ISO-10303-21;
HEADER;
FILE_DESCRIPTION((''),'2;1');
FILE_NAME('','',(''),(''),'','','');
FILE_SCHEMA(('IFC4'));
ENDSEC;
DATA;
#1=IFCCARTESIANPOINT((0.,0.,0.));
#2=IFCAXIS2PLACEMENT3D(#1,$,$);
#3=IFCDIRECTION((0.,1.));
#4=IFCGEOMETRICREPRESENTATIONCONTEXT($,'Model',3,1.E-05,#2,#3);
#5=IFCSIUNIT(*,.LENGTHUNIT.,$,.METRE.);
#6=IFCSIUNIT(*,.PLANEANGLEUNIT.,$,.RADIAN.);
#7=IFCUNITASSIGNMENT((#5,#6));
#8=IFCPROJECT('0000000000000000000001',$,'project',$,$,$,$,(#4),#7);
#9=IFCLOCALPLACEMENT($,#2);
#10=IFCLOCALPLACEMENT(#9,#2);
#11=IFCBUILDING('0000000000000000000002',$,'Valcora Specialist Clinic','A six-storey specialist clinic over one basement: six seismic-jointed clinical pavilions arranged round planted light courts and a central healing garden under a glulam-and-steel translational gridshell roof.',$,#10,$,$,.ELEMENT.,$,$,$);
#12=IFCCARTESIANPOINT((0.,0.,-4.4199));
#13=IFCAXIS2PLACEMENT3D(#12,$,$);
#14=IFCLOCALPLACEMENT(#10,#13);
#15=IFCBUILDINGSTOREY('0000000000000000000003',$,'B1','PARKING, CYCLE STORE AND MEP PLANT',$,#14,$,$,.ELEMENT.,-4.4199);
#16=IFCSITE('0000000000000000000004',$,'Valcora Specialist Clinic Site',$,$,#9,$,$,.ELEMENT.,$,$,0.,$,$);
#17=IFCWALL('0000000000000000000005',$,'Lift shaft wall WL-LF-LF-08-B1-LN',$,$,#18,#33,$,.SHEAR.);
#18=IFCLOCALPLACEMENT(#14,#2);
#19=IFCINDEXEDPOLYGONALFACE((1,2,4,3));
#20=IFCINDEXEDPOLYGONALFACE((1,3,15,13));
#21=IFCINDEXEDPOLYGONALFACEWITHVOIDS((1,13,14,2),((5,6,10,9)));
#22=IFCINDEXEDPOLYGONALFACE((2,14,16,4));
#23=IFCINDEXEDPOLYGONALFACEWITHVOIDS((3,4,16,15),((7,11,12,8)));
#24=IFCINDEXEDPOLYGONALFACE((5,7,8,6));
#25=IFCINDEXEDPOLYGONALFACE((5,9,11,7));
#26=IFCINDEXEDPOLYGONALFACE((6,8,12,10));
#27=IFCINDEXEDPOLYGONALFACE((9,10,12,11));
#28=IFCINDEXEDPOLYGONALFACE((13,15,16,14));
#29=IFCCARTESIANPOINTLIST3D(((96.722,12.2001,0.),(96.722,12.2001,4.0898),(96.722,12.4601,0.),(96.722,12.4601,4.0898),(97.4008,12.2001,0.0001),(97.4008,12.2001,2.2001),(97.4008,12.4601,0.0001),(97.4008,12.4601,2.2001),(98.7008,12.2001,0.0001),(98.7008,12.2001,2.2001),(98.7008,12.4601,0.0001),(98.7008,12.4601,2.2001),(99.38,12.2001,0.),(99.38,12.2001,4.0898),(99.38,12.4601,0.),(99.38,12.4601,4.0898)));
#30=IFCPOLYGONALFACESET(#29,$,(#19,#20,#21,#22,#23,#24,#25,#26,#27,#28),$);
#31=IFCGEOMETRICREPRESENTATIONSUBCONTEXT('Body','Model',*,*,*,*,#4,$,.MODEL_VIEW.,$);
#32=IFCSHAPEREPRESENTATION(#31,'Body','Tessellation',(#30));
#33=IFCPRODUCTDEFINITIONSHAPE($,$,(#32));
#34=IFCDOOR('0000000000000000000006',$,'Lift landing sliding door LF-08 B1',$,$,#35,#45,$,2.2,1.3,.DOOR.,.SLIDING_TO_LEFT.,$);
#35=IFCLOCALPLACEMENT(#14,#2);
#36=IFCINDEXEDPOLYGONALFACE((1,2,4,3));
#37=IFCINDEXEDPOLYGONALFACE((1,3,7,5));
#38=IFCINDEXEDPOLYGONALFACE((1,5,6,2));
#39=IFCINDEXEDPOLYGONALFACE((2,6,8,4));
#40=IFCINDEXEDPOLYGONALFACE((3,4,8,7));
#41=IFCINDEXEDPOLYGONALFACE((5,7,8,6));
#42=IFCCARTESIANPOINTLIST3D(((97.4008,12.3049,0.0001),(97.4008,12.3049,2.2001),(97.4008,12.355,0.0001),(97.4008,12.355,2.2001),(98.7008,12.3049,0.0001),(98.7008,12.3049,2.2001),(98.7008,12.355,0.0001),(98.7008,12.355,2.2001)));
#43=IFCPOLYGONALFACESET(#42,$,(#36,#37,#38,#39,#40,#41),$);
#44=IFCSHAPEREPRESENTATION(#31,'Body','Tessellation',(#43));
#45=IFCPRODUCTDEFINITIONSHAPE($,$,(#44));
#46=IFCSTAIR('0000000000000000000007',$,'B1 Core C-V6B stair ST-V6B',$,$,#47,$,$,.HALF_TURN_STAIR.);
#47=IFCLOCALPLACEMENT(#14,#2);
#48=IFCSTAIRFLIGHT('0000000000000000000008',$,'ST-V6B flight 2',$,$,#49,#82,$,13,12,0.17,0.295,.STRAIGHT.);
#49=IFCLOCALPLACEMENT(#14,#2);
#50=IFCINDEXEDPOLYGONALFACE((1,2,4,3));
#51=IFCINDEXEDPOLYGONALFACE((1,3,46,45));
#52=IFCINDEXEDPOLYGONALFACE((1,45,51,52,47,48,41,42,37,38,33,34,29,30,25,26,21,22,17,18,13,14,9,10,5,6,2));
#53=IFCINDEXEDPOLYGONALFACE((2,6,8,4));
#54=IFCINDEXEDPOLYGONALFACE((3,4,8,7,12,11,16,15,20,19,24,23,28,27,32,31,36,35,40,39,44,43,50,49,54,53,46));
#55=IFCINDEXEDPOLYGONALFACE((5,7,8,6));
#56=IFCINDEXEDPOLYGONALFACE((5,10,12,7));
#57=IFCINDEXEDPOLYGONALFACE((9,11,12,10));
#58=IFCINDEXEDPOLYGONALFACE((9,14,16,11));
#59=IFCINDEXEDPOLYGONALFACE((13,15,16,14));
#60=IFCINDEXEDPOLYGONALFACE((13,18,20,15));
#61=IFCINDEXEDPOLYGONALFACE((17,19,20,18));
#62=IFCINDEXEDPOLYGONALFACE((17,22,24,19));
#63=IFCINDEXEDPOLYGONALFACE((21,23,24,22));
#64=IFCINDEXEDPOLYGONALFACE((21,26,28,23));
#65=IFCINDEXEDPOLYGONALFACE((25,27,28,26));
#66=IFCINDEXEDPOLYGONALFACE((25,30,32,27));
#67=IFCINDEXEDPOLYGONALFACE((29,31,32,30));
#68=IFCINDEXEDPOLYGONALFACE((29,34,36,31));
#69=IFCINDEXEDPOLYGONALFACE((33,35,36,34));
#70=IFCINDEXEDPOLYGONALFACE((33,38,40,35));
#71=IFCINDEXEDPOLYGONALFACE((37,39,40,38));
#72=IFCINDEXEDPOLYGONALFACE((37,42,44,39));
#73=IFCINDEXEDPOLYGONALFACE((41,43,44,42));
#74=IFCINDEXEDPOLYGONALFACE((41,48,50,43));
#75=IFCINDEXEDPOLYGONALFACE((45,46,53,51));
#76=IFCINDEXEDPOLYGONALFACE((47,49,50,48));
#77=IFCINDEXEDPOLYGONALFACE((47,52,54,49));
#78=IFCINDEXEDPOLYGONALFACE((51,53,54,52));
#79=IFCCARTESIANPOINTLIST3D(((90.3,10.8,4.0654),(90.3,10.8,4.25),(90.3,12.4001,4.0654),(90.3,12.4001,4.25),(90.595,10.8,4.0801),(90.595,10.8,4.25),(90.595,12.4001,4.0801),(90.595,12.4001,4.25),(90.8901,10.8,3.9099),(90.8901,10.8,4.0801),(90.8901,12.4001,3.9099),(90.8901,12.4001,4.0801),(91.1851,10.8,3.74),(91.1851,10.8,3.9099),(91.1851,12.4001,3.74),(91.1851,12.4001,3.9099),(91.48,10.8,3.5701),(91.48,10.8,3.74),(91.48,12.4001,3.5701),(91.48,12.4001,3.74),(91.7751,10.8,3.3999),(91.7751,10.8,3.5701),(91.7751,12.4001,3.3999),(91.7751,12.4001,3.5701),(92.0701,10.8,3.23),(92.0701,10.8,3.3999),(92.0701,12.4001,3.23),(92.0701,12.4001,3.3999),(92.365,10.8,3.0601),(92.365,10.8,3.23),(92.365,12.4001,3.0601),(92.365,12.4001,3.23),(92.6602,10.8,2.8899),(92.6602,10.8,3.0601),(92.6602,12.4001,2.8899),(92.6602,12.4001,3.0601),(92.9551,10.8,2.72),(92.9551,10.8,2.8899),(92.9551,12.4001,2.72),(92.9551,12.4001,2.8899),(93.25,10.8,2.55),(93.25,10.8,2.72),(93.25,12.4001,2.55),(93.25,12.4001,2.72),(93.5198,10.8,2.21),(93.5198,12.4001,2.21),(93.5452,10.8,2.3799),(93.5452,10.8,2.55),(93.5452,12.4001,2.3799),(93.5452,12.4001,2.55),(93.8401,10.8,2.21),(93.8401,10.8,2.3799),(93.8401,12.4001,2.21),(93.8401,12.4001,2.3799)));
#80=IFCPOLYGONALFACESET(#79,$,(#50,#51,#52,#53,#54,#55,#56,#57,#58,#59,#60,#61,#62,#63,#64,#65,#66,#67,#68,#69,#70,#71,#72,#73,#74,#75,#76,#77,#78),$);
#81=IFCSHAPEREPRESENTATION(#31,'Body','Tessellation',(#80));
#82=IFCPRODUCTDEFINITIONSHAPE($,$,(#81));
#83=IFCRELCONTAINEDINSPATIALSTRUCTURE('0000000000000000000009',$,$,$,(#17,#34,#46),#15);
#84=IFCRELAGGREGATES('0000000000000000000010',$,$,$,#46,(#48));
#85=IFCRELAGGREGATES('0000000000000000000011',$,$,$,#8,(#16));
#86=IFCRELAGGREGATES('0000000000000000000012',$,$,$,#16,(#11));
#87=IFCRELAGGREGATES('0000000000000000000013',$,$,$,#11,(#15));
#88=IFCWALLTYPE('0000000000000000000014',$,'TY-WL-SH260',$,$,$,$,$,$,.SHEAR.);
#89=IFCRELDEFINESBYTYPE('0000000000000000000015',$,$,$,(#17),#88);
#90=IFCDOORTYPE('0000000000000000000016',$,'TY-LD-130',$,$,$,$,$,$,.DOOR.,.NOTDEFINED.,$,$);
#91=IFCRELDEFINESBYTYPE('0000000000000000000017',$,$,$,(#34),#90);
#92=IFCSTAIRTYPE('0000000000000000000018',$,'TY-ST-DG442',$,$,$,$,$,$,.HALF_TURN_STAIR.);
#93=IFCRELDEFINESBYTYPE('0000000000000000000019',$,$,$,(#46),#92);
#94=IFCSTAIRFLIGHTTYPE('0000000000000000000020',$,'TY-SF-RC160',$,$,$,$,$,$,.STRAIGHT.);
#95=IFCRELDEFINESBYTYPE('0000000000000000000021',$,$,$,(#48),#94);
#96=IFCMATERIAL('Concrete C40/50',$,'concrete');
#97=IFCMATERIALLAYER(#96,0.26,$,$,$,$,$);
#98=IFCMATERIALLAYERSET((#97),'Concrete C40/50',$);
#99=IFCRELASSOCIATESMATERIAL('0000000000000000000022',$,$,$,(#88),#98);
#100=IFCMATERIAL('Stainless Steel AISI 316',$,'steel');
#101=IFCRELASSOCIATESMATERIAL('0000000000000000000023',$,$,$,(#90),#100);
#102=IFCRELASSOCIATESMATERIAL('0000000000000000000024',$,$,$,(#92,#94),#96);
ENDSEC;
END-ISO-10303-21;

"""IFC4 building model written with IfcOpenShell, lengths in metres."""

from ifc_helpers import new_model, si_unit, direction, frame, frame_2d, origin, place, context, subcontext, project, spatial, polyline, rectangle, outline, extrude, material, layer, layer_set, type_object, element, fill, aggregate, save


model = new_model("IFC4")

# Units and contexts
model_context = context("Model", 3, precision=1e-05, world=origin(), true_north=direction((0.0, 1.0)))
body_context = subcontext(model_context, "Body", "Model", "MODEL_VIEW")
ifc_project = project(units=[si_unit("LENGTHUNIT", "METRE"), si_unit("PLANEANGLEUNIT", "RADIAN")], contexts=[model_context])

# Site, building, storey
site_placement = place(None, origin())
site = spatial("IfcSite", under=ifc_project, at=site_placement, Name="Valcora Specialist Clinic Site", CompositionType="ELEMENT", RefElevation=0.0)
building_placement = place(site_placement, origin())
building = spatial("IfcBuilding", under=site, at=building_placement, Name="Valcora Specialist Clinic", Description="A six-storey specialist clinic over one basement: six seismic-jointed clinical pavilions arranged round planted light courts and a central healing garden under a glulam-and-steel translational gridshell roof.", CompositionType="ELEMENT")
storey_placement = place(building_placement, frame((0.0, 0.0, -4.4199)))
storey = spatial("IfcBuildingStorey", under=building, at=storey_placement, Name="B1", Description="PARKING, CYCLE STORE AND MEP PLANT", CompositionType="ELEMENT", Elevation=-4.4199)

# Shared definitions
ifc_material_1 = material(Name="Concrete C40/50", Category="concrete")

# Wall, opening, door
ifc_layer = layer(ifc_material_1, 0.26)
ifc_layer_set = layer_set([ifc_layer], Name="Concrete C40/50")
wall_type = type_object("IfcWallType", Name="TY-WL-SH260", PredefinedType="SHEAR", material=ifc_layer_set)
wall_placement = place(storey_placement, frame((96.7219, 12.3301, 0.0), z_axis=(0.0, 0.0, 1.0), x_axis=(1.0, 0.0, 0.0)))
wall = element("IfcWall", 1, at=wall_placement, inside=storey, type_object=wall_type, Name="Lift shaft wall WL-LF-LF-08-B1-LN", PredefinedType="SHEAR", context=body_context, shape_type="SweptSolid", body=[
    extrude(rectangle(XDim=2.658, YDim=0.26, at=frame_2d((1.3291, 0.0))), origin(), (0.0, 0.0, 1.0), 4.0898),
])
opening_placement = place(wall_placement, frame((0.679, 0.0, 0.0)))
opening = element("IfcOpeningElement", 2, at=opening_placement, cuts=wall, PredefinedType="OPENING", context=body_context, shape_type="SweptSolid", body=[
    extrude(rectangle(XDim=1.3, YDim=2.2, at=frame_2d((0.6499, 1.1001))), frame((0.0, 0.1399, 0.0), z_axis=(0.0, -1.0, 0.0), x_axis=(1.0, 0.0, 0.0)), (0.0, 0.0, 1.0), 0.28),
])
ifc_material_2 = material(Name="Stainless Steel AISI 316", Category="steel")
door_type = type_object("IfcDoorType", Name="TY-LD-130", OperationType="NOTDEFINED", PredefinedType="DOOR", material=ifc_material_2)
door_placement = place(opening_placement, origin())
door = element("IfcDoor", 3, at=door_placement, inside=storey, type_object=door_type, Name="Lift landing sliding door LF-08 B1", OperationType="SLIDING_TO_LEFT", OverallHeight=2.2, OverallWidth=1.3, PredefinedType="DOOR", context=body_context, shape_type="SweptSolid", body=[
    extrude(rectangle(XDim=1.3, YDim=2.2, at=frame_2d((0.6499, 1.1001))), frame((0.0, 0.0249, 0.0), z_axis=(0.0, -1.0, 0.0), x_axis=(1.0, 0.0, 0.0)), (0.0, 0.0, 1.0), 0.05),
])
fill(opening, door)

# Stair, stair flight
stair_type = type_object("IfcStairType", Name="TY-ST-DG442", PredefinedType="HALF_TURN_STAIR", material=ifc_material_1)
stair_placement = place(storey_placement, origin())
stair = element("IfcStair", 4, at=stair_placement, inside=storey, type_object=stair_type, Name="B1 Core C-V6B stair ST-V6B", PredefinedType="HALF_TURN_STAIR")
stair_flight_type = type_object("IfcStairFlightType", Name="TY-SF-RC160", PredefinedType="STRAIGHT", material=ifc_material_1)
stair_flight_placement = place(storey_placement, frame((93.8401, 11.6001, 2.21), z_axis=(0.0, 0.0, 1.0), x_axis=(-1.0, 0.0, 0.0)))
stair_flight = element("IfcStairFlight", 5, at=stair_flight_placement, type_object=stair_flight_type, Name="ST-V6B flight 2", NumberOfRisers=13, NumberOfTreads=12, PredefinedType="STRAIGHT", RiserHeight=0.17, TreadLength=0.295, context=body_context, shape_type="SweptSolid", body=[
    extrude(outline(polyline([(0.0, 0.0), (0.0, 0.1699), (0.2949, 0.1699), (0.2949, 0.3401), (0.5901, 0.3401), (0.5901, 0.51), (0.885, 0.51), (0.885, 0.6799), (1.1799, 0.6799), (1.1799, 0.8501), (1.4751, 0.8501), (1.4751, 1.02), (1.77, 1.02), (1.77, 1.1899), (2.0649, 1.1899), (2.0649, 1.3601), (2.3601, 1.3601), (2.3601, 1.53), (2.655, 1.53), (2.655, 1.7), (2.95, 1.7), (2.95, 1.8701), (3.2451, 1.8701), (3.2451, 2.04), (3.54, 2.04), (3.54, 2.21), (3.54, 1.8555), (0.3203, 0.0), (0.0, 0.0)])), frame((0.0, 0.8, 0.0), z_axis=(0.0, -1.0, 0.0), x_axis=(1.0, 0.0, 0.0)), (0.0, 0.0, 1.0), 1.6001),
])
aggregate(stair, [stair_flight])

save(model, "model.ifc")
